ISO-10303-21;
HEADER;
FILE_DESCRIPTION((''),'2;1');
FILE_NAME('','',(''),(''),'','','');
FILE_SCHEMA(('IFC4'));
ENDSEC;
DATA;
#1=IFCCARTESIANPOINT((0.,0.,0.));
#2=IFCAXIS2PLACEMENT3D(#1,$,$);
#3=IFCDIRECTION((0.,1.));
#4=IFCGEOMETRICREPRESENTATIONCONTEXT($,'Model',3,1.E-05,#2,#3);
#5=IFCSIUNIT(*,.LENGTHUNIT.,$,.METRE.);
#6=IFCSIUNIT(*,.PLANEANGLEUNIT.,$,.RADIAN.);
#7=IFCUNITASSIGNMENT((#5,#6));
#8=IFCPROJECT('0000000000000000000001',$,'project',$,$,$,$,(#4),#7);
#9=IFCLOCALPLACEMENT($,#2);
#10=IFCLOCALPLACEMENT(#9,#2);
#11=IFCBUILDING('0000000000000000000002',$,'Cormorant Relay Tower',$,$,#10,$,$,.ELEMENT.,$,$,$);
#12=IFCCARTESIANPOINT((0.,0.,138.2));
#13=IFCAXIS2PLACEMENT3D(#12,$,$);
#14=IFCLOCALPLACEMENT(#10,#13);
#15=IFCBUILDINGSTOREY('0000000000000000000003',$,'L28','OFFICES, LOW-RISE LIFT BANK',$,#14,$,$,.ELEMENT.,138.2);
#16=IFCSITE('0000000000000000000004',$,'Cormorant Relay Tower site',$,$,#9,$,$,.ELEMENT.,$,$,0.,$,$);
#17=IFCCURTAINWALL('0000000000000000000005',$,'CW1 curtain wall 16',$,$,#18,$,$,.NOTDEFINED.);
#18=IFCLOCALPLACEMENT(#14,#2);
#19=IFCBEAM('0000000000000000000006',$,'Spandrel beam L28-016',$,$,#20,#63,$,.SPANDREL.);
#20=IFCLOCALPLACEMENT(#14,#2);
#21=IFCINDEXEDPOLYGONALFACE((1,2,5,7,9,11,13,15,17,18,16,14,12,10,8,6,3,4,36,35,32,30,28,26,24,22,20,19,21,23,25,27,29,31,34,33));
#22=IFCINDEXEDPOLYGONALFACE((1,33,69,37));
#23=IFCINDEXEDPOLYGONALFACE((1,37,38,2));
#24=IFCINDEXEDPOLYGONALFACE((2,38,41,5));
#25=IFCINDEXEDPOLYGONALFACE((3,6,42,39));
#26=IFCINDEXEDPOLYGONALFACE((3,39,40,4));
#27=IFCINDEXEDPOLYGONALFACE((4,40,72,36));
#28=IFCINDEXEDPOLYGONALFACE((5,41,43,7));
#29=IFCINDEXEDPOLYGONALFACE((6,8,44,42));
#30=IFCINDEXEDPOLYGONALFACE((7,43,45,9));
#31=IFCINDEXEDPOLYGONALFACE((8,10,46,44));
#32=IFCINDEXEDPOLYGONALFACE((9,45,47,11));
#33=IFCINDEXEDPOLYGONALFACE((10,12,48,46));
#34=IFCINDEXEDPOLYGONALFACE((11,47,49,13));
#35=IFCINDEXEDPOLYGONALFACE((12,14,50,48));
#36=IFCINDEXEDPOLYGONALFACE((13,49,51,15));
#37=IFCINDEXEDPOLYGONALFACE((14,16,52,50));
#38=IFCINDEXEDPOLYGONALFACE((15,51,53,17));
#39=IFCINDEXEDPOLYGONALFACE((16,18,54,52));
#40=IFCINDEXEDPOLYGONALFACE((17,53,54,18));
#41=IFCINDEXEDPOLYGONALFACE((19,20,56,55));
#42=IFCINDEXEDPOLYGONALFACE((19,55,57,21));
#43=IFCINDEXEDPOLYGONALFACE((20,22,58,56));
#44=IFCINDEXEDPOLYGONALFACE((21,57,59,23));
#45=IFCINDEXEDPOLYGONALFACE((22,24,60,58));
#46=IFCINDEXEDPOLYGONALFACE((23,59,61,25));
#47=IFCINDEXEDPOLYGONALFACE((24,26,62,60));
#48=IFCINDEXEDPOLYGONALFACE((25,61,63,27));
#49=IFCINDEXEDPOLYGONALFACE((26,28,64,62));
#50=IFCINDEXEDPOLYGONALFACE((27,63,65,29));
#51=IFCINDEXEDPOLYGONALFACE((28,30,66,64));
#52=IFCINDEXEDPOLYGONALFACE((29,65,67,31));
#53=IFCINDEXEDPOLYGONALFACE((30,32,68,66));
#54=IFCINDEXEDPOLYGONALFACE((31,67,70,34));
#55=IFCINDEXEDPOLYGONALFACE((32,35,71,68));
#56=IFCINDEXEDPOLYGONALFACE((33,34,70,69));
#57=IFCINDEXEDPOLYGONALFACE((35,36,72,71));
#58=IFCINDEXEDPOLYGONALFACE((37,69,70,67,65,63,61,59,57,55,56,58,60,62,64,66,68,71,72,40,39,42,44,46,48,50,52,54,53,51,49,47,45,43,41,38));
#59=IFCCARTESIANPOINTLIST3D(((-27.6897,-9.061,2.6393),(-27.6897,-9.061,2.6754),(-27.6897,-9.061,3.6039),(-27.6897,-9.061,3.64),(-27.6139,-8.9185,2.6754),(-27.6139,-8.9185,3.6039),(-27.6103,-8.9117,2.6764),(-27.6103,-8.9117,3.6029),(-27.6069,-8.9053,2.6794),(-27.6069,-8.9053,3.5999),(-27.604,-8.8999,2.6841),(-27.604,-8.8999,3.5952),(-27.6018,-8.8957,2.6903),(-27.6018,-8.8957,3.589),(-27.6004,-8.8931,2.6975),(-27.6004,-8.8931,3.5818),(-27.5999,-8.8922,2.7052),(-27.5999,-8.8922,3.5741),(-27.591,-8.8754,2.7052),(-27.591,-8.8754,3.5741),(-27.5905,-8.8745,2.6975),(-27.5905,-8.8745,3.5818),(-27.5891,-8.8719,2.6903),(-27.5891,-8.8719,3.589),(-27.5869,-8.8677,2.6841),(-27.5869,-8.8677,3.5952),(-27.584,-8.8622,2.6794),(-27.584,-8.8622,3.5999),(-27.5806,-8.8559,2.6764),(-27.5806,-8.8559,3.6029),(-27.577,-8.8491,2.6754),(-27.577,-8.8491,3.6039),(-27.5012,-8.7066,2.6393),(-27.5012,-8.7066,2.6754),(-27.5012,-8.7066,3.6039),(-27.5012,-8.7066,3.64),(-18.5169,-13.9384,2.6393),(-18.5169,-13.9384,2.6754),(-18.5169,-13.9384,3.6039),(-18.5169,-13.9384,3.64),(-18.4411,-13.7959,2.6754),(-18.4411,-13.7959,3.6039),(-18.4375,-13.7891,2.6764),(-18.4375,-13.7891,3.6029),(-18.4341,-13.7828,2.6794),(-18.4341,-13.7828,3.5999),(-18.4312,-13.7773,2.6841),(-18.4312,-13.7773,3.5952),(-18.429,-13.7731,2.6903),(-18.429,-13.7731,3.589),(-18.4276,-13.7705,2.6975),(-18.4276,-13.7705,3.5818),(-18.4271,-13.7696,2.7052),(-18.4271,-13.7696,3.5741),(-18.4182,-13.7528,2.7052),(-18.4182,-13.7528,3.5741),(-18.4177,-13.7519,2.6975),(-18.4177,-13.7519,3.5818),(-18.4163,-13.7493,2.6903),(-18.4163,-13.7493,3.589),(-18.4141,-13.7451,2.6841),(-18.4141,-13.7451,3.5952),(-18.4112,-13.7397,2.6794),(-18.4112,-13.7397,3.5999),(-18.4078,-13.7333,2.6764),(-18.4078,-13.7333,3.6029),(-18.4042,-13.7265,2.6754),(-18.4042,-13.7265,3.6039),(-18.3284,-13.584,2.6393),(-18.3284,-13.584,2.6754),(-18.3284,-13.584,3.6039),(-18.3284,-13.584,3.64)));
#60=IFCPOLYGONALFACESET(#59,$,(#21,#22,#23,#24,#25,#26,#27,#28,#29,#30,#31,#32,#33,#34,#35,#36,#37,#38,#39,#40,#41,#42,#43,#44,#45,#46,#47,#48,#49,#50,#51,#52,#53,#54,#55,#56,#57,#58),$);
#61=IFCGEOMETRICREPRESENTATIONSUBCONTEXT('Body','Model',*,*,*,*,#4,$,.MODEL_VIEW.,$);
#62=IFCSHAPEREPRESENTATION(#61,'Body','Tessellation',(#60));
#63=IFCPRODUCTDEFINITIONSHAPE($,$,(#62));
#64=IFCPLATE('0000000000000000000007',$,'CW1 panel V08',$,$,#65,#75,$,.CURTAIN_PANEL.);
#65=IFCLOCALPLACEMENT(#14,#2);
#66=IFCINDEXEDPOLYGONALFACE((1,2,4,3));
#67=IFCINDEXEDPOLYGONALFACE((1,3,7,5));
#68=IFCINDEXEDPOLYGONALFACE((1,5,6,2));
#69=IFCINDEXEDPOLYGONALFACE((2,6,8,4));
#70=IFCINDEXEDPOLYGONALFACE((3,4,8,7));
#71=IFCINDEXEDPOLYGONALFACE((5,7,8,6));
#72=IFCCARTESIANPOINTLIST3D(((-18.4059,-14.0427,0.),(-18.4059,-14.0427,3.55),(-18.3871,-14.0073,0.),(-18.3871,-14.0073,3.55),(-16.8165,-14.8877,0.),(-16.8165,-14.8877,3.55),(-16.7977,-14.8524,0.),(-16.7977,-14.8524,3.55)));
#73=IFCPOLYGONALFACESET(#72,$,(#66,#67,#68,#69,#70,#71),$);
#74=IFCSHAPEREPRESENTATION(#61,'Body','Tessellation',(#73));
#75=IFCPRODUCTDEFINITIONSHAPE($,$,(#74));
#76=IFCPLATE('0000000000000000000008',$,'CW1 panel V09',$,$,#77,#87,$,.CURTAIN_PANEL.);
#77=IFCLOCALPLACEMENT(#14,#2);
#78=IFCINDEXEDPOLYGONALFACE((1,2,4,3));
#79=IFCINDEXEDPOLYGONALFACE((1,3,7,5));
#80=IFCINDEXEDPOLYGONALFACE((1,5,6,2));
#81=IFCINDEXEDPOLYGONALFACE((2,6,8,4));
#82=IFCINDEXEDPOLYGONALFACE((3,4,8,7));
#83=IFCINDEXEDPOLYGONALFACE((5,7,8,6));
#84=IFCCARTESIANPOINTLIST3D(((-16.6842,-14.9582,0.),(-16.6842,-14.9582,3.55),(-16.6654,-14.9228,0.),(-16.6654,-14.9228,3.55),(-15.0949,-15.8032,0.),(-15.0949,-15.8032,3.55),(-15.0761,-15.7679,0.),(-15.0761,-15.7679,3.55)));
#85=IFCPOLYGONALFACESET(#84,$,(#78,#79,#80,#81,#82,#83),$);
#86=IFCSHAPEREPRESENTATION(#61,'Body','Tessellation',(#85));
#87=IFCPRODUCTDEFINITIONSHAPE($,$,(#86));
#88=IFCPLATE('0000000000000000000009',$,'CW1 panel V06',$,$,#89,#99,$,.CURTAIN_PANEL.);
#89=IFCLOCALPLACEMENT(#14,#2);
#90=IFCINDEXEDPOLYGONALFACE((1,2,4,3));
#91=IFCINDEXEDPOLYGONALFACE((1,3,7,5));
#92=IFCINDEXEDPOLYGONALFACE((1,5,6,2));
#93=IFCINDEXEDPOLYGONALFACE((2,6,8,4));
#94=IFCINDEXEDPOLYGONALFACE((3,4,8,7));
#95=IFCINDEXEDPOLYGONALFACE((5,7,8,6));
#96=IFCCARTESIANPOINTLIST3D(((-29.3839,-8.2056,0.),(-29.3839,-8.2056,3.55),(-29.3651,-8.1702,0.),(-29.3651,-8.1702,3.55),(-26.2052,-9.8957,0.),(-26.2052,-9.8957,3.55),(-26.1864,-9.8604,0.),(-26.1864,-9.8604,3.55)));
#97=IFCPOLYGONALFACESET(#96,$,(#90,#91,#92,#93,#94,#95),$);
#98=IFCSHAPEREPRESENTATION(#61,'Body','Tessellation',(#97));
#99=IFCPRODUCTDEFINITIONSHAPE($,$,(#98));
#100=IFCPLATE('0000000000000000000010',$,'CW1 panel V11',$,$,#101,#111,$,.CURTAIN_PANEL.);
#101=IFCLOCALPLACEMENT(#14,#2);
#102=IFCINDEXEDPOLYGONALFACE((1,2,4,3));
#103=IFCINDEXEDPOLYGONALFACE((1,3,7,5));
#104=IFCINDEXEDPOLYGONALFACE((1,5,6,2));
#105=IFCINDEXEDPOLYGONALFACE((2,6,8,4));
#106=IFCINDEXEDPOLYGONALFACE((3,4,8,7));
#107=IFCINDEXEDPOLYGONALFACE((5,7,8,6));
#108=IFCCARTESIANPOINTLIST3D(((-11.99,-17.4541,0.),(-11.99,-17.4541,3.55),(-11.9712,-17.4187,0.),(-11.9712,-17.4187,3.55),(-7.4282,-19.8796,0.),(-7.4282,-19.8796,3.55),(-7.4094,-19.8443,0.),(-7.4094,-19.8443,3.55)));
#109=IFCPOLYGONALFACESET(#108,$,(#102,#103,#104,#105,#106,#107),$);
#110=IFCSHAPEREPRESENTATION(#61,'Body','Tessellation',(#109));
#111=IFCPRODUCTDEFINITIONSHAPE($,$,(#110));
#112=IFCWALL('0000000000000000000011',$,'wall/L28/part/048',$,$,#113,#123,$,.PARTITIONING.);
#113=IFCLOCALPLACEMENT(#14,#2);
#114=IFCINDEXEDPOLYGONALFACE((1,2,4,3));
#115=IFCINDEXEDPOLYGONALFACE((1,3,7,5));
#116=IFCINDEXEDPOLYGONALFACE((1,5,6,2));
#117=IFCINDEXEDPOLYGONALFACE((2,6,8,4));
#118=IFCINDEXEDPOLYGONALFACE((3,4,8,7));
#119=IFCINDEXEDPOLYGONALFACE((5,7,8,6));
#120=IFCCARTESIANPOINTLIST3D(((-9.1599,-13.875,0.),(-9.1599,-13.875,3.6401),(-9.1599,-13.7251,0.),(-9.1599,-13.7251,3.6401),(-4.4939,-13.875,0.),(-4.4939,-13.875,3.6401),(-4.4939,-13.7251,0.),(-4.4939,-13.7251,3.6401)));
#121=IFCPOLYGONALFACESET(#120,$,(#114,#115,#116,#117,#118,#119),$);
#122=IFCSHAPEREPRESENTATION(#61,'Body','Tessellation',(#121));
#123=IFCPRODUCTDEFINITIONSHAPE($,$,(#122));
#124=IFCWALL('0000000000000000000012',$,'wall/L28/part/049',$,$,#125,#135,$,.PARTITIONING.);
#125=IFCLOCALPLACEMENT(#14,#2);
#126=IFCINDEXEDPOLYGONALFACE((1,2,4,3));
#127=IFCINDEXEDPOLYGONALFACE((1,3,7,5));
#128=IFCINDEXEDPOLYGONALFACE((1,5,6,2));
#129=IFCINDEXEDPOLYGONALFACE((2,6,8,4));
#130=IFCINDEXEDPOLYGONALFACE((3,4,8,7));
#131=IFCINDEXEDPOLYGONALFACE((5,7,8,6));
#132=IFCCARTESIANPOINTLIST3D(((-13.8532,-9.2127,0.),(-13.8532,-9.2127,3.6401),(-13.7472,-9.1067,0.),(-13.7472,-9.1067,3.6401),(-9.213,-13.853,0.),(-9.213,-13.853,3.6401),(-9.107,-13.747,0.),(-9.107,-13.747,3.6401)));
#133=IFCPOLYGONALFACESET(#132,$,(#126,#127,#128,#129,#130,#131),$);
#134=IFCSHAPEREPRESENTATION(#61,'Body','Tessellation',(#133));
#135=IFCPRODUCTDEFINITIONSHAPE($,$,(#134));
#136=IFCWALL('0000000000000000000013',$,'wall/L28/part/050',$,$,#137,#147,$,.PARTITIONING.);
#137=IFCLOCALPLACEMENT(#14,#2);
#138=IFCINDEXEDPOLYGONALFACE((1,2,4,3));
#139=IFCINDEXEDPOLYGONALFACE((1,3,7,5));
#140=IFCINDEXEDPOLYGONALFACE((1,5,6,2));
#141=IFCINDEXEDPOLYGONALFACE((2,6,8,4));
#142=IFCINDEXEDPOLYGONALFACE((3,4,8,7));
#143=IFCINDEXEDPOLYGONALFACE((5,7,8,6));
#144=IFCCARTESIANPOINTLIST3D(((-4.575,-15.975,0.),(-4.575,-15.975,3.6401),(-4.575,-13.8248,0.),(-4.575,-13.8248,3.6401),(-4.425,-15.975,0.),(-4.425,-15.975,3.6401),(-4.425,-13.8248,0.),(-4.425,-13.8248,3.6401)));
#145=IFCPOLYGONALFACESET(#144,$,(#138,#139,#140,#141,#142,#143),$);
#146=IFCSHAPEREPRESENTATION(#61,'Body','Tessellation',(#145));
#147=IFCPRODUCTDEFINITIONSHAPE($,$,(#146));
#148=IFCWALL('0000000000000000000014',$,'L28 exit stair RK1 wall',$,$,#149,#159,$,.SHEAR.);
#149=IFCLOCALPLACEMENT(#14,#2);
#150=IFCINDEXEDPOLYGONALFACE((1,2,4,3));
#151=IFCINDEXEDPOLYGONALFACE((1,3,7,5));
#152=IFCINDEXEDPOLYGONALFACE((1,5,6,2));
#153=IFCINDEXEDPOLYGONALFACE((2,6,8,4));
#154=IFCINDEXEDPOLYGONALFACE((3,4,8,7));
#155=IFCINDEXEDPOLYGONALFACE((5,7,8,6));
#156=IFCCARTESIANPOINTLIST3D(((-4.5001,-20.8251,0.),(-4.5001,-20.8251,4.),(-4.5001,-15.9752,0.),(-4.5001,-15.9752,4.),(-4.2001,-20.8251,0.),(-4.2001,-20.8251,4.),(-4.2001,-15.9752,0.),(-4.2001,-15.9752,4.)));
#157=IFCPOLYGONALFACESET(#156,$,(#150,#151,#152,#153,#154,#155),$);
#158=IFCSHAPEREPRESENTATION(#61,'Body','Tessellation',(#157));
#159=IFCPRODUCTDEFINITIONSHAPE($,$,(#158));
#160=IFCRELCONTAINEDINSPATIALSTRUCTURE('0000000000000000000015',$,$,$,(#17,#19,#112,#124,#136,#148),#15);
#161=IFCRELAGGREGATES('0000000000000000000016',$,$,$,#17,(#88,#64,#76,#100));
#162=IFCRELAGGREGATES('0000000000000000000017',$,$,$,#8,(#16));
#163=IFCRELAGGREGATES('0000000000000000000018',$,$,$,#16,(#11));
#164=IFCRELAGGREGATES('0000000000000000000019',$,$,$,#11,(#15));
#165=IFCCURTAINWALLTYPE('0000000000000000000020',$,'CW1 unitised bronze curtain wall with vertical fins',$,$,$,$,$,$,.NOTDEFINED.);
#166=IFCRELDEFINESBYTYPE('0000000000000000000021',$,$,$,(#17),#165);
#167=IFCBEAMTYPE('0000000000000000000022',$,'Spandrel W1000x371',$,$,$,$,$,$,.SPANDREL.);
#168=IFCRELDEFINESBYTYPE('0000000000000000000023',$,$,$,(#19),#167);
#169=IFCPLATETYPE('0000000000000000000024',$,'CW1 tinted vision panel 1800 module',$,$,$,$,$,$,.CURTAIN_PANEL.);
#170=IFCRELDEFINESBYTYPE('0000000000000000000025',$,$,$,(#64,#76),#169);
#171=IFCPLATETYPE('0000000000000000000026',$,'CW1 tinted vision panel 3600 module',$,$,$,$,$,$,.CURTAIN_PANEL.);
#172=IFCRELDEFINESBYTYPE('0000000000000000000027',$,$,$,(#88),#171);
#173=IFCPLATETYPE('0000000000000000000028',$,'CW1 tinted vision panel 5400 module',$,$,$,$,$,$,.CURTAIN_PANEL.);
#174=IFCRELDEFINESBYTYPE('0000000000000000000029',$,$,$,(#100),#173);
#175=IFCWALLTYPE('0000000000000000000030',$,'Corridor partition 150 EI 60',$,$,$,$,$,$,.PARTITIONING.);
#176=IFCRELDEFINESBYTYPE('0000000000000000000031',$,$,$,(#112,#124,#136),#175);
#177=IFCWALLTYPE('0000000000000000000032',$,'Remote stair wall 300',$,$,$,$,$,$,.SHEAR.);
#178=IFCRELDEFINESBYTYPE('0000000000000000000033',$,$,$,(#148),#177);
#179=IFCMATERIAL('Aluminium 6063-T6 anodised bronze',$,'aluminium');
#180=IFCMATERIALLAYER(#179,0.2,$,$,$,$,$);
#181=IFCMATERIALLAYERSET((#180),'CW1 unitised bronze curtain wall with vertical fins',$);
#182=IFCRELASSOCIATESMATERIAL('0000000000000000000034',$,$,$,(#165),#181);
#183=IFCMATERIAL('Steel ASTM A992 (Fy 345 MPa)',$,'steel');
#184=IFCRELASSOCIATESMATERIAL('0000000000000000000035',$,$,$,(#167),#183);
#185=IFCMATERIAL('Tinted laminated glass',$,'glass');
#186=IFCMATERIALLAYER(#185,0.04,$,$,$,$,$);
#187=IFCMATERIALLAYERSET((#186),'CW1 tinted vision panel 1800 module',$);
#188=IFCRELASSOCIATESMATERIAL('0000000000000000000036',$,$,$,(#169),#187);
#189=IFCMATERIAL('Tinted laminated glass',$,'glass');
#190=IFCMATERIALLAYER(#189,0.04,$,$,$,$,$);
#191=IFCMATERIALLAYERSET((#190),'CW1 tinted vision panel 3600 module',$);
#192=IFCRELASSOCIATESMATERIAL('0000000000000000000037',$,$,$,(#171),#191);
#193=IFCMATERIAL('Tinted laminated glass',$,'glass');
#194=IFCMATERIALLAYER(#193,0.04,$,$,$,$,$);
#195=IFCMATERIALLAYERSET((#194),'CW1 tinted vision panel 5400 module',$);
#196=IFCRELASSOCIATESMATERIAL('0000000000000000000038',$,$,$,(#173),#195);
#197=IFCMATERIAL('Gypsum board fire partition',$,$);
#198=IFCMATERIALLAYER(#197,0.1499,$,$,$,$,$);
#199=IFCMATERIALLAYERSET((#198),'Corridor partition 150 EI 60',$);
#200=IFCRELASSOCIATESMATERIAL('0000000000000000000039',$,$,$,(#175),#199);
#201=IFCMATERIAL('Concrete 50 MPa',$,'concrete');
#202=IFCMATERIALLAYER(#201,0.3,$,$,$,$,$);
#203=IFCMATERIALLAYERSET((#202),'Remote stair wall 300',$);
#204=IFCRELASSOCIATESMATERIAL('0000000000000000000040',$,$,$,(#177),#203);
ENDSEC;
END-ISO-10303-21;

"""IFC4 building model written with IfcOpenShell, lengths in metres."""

from ifc_helpers import new_model, si_unit, direction, frame, frame_2d, origin, origin_2d, place, context, subcontext, project, spatial, rectangle, i_section, extrude, material, layer, layer_set, material_profile, profile_set, type_object, element, aggregate, save


model = new_model("IFC4")

# Units and contexts
model_context = context("Model", 3, precision=1e-05, world=origin(), true_north=direction((0.0, 1.0)))
body_context = subcontext(model_context, "Body", "Model", "MODEL_VIEW")
ifc_project = project(units=[si_unit("LENGTHUNIT", "METRE"), si_unit("PLANEANGLEUNIT", "RADIAN")], contexts=[model_context])

# Site, building, storey
site_placement = place(None, origin())
site = spatial("IfcSite", under=ifc_project, at=site_placement, Name="Cormorant Relay Tower site", CompositionType="ELEMENT", RefElevation=0.0)
building_placement = place(site_placement, origin())
building = spatial("IfcBuilding", under=site, at=building_placement, Name="Cormorant Relay Tower", CompositionType="ELEMENT")
storey_placement = place(building_placement, frame((0.0, 0.0, 138.2)))
storey = spatial("IfcBuildingStorey", under=building, at=storey_placement, Name="L28", Description="OFFICES, LOW-RISE LIFT BANK", CompositionType="ELEMENT", Elevation=138.2)

# Shared definitions
ifc_material_1 = material(Name="Aluminium 6063-T6 anodised bronze", Category="aluminium")
ifc_layer_1 = layer(ifc_material_1, 0.2)
ifc_layer_set_1 = layer_set([ifc_layer_1], Name="CW1 unitised bronze curtain wall with vertical fins")
curtain_wall_type = type_object("IfcCurtainWallType", Name="CW1 unitised bronze curtain wall with vertical fins", PredefinedType="NOTDEFINED", material=ifc_layer_set_1)

# Curtain wall
curtain_wall_1_placement = place(storey_placement, origin())
curtain_wall_1 = element("IfcCurtainWall", 1, at=curtain_wall_1_placement, inside=storey, type_object=curtain_wall_type, Name="CW1 curtain wall 16", PredefinedType="NOTDEFINED")

# Beam
ifc_material_2 = material(Name="Steel ASTM A992 (Fy 345 MPa)", Category="steel")
ifc_material_profile_1 = material_profile(ifc_material_2, i_section(OverallWidth=0.4014, OverallDepth=1.0007, WebThickness=0.019, FlangeThickness=0.0361, FilletRadius=0.0298, at=origin_2d()), Name="W1000x371")
ifc_profile_set_1 = profile_set([ifc_material_profile_1], Name="Steel ASTM A992 (Fy 345 MPa)")
beam_type = type_object("IfcBeamType", Name="Spandrel W1000x371", PredefinedType="SPANDREL", material=ifc_profile_set_1)
beam_1_placement = place(storey_placement, frame((-27.5955, -8.8838, 3.1396), z_axis=(0.882942, -0.469483, 0.0), x_axis=(0.469483, 0.882942, 0.0)))
element("IfcBeam", 2, at=beam_1_placement, inside=storey, type_object=beam_type, Name="Spandrel beam L28-016", PredefinedType="SPANDREL", context=body_context, shape_type="SweptSolid", body=[
    extrude(i_section(OverallWidth=0.4014, OverallDepth=1.0007, WebThickness=0.019, FlangeThickness=0.0361, FilletRadius=0.0298, at=origin_2d()), origin(), (0.0, 0.0, 1.0), 10.3889),
])

# Plates
ifc_material_3 = material(Name="Tinted laminated glass", Category="glass")
ifc_layer_2 = layer(ifc_material_3, 0.04)
ifc_layer_set_2 = layer_set([ifc_layer_2], Name="CW1 tinted vision panel 1800 module")
plate_type_1 = type_object("IfcPlateType", Name="CW1 tinted vision panel 1800 module", PredefinedType="CURTAIN_PANEL", material=ifc_layer_set_2)
plate_1_placement = place(storey_placement, frame((-17.6018, -14.4475, 0.0), z_axis=(0.0, 0.0, 1.0), x_axis=(0.882948, -0.469472, 0.0)))
plate_1 = element("IfcPlate", 3, at=plate_1_placement, type_object=plate_type_1, Name="CW1 panel V08", PredefinedType="CURTAIN_PANEL", context=body_context, shape_type="SweptSolid", body=[
    extrude(rectangle(XDim=1.8, YDim=0.04, at=origin_2d()), origin(), (0.0, 0.0, 1.0), 3.55),
])
plate_2_placement = place(storey_placement, frame((-15.8801, -15.363, 0.0), z_axis=(0.0, 0.0, 1.0), x_axis=(0.882948, -0.469472, 0.0)))
plate_2 = element("IfcPlate", 4, at=plate_2_placement, type_object=plate_type_1, Name="CW1 panel V09", PredefinedType="CURTAIN_PANEL", context=body_context, shape_type="SweptSolid", body=[
    extrude(rectangle(XDim=1.8, YDim=0.04, at=origin_2d()), origin(), (0.0, 0.0, 1.0), 3.55),
])
ifc_material_4 = material(Name="Tinted laminated glass", Category="glass")
ifc_layer_3 = layer(ifc_material_4, 0.04)
ifc_layer_set_3 = layer_set([ifc_layer_3], Name="CW1 tinted vision panel 3600 module")
plate_type_2 = type_object("IfcPlateType", Name="CW1 tinted vision panel 3600 module", PredefinedType="CURTAIN_PANEL", material=ifc_layer_set_3)
plate_3_placement = place(storey_placement, frame((-27.7852, -9.033, 0.0), z_axis=(0.0, 0.0, 1.0), x_axis=(0.882948, -0.469472, 0.0)))
plate_3 = element("IfcPlate", 5, at=plate_3_placement, type_object=plate_type_2, Name="CW1 panel V06", PredefinedType="CURTAIN_PANEL", context=body_context, shape_type="SweptSolid", body=[
    extrude(rectangle(XDim=3.6001, YDim=0.04, at=origin_2d()), origin(), (0.0, 0.0, 1.0), 3.55),
])
ifc_material_5 = material(Name="Tinted laminated glass", Category="glass")
ifc_layer_4 = layer(ifc_material_5, 0.04)
ifc_layer_set_4 = layer_set([ifc_layer_4], Name="CW1 tinted vision panel 5400 module")
plate_type_3 = type_object("IfcPlateType", Name="CW1 tinted vision panel 5400 module", PredefinedType="CURTAIN_PANEL", material=ifc_layer_set_4)
plate_4_placement = place(storey_placement, frame((-9.6997, -18.6492, 0.0), z_axis=(0.0, 0.0, 1.0), x_axis=(0.882948, -0.469472, 0.0)))
plate_4 = element("IfcPlate", 6, at=plate_4_placement, type_object=plate_type_3, Name="CW1 panel V11", PredefinedType="CURTAIN_PANEL", context=body_context, shape_type="SweptSolid", body=[
    extrude(rectangle(XDim=5.1665, YDim=0.04, at=origin_2d()), origin(), (0.0, 0.0, 1.0), 3.55),
])

# Walls
ifc_material_6 = material(Name="Gypsum board fire partition")
ifc_layer_5 = layer(ifc_material_6, 0.1499)
ifc_layer_set_5 = layer_set([ifc_layer_5], Name="Corridor partition 150 EI 60")
wall_type_1 = type_object("IfcWallType", Name="Corridor partition 150 EI 60", PredefinedType="PARTITIONING", material=ifc_layer_set_5)
wall_1_placement = place(storey_placement, frame((-4.4939, -13.8, 0.0), z_axis=(0.0, 0.0, 1.0), x_axis=(-1.0, 0.0, 0.0)))
element("IfcWall", 7, at=wall_1_placement, inside=storey, type_object=wall_type_1, Name="wall/L28/part/048", PredefinedType="PARTITIONING", context=body_context, shape_type="SweptSolid", body=[
    extrude(rectangle(XDim=4.666, YDim=0.1499, at=frame_2d((2.333, 0.0))), origin(), (0.0, 0.0, 1.0), 3.6401),
])
wall_2_placement = place(storey_placement, frame((-9.1599, -13.8, 0.0), z_axis=(0.0, 0.0, 1.0), x_axis=(-0.707107, 0.707107, 0.0)))
element("IfcWall", 8, at=wall_2_placement, inside=storey, type_object=wall_type_1, Name="wall/L28/part/049", PredefinedType="PARTITIONING", context=body_context, shape_type="SweptSolid", body=[
    extrude(rectangle(XDim=6.5623, YDim=0.1499, at=frame_2d((3.2812, 0.0))), origin(), (0.0, 0.0, 1.0), 3.6401),
])
wall_3_placement = place(storey_placement, frame((-4.5, -15.9751, 0.0), z_axis=(0.0, 0.0, 1.0), x_axis=(0.0, 1.0, 0.0)))
element("IfcWall", 9, at=wall_3_placement, inside=storey, type_object=wall_type_1, Name="wall/L28/part/050", PredefinedType="PARTITIONING", context=body_context, shape_type="SweptSolid", body=[
    extrude(rectangle(XDim=2.1501, YDim=0.1499, at=frame_2d((1.0752, 0.0))), origin(), (0.0, 0.0, 1.0), 3.6401),
])
ifc_material_7 = material(Name="Concrete 50 MPa", Category="concrete")
ifc_layer_6 = layer(ifc_material_7, 0.3)
ifc_layer_set_6 = layer_set([ifc_layer_6], Name="Remote stair wall 300")
wall_type_2 = type_object("IfcWallType", Name="Remote stair wall 300", PredefinedType="SHEAR", material=ifc_layer_set_6)
wall_4_placement = place(storey_placement, frame((-4.3501, -20.825, 0.0), z_axis=(0.0, 0.0, 1.0), x_axis=(0.0, 1.0, 0.0)))
element("IfcWall", 10, at=wall_4_placement, inside=storey, type_object=wall_type_2, Name="L28 exit stair RK1 wall", PredefinedType="SHEAR", context=body_context, shape_type="SweptSolid", body=[
    extrude(rectangle(XDim=4.8499, YDim=0.3, at=frame_2d((2.4248, 0.0))), origin(), (0.0, 0.0, 1.0), 4.0),
])

aggregate(curtain_wall_1, [plate_3, plate_1, plate_2, plate_4])

save(model, "model.ifc")
